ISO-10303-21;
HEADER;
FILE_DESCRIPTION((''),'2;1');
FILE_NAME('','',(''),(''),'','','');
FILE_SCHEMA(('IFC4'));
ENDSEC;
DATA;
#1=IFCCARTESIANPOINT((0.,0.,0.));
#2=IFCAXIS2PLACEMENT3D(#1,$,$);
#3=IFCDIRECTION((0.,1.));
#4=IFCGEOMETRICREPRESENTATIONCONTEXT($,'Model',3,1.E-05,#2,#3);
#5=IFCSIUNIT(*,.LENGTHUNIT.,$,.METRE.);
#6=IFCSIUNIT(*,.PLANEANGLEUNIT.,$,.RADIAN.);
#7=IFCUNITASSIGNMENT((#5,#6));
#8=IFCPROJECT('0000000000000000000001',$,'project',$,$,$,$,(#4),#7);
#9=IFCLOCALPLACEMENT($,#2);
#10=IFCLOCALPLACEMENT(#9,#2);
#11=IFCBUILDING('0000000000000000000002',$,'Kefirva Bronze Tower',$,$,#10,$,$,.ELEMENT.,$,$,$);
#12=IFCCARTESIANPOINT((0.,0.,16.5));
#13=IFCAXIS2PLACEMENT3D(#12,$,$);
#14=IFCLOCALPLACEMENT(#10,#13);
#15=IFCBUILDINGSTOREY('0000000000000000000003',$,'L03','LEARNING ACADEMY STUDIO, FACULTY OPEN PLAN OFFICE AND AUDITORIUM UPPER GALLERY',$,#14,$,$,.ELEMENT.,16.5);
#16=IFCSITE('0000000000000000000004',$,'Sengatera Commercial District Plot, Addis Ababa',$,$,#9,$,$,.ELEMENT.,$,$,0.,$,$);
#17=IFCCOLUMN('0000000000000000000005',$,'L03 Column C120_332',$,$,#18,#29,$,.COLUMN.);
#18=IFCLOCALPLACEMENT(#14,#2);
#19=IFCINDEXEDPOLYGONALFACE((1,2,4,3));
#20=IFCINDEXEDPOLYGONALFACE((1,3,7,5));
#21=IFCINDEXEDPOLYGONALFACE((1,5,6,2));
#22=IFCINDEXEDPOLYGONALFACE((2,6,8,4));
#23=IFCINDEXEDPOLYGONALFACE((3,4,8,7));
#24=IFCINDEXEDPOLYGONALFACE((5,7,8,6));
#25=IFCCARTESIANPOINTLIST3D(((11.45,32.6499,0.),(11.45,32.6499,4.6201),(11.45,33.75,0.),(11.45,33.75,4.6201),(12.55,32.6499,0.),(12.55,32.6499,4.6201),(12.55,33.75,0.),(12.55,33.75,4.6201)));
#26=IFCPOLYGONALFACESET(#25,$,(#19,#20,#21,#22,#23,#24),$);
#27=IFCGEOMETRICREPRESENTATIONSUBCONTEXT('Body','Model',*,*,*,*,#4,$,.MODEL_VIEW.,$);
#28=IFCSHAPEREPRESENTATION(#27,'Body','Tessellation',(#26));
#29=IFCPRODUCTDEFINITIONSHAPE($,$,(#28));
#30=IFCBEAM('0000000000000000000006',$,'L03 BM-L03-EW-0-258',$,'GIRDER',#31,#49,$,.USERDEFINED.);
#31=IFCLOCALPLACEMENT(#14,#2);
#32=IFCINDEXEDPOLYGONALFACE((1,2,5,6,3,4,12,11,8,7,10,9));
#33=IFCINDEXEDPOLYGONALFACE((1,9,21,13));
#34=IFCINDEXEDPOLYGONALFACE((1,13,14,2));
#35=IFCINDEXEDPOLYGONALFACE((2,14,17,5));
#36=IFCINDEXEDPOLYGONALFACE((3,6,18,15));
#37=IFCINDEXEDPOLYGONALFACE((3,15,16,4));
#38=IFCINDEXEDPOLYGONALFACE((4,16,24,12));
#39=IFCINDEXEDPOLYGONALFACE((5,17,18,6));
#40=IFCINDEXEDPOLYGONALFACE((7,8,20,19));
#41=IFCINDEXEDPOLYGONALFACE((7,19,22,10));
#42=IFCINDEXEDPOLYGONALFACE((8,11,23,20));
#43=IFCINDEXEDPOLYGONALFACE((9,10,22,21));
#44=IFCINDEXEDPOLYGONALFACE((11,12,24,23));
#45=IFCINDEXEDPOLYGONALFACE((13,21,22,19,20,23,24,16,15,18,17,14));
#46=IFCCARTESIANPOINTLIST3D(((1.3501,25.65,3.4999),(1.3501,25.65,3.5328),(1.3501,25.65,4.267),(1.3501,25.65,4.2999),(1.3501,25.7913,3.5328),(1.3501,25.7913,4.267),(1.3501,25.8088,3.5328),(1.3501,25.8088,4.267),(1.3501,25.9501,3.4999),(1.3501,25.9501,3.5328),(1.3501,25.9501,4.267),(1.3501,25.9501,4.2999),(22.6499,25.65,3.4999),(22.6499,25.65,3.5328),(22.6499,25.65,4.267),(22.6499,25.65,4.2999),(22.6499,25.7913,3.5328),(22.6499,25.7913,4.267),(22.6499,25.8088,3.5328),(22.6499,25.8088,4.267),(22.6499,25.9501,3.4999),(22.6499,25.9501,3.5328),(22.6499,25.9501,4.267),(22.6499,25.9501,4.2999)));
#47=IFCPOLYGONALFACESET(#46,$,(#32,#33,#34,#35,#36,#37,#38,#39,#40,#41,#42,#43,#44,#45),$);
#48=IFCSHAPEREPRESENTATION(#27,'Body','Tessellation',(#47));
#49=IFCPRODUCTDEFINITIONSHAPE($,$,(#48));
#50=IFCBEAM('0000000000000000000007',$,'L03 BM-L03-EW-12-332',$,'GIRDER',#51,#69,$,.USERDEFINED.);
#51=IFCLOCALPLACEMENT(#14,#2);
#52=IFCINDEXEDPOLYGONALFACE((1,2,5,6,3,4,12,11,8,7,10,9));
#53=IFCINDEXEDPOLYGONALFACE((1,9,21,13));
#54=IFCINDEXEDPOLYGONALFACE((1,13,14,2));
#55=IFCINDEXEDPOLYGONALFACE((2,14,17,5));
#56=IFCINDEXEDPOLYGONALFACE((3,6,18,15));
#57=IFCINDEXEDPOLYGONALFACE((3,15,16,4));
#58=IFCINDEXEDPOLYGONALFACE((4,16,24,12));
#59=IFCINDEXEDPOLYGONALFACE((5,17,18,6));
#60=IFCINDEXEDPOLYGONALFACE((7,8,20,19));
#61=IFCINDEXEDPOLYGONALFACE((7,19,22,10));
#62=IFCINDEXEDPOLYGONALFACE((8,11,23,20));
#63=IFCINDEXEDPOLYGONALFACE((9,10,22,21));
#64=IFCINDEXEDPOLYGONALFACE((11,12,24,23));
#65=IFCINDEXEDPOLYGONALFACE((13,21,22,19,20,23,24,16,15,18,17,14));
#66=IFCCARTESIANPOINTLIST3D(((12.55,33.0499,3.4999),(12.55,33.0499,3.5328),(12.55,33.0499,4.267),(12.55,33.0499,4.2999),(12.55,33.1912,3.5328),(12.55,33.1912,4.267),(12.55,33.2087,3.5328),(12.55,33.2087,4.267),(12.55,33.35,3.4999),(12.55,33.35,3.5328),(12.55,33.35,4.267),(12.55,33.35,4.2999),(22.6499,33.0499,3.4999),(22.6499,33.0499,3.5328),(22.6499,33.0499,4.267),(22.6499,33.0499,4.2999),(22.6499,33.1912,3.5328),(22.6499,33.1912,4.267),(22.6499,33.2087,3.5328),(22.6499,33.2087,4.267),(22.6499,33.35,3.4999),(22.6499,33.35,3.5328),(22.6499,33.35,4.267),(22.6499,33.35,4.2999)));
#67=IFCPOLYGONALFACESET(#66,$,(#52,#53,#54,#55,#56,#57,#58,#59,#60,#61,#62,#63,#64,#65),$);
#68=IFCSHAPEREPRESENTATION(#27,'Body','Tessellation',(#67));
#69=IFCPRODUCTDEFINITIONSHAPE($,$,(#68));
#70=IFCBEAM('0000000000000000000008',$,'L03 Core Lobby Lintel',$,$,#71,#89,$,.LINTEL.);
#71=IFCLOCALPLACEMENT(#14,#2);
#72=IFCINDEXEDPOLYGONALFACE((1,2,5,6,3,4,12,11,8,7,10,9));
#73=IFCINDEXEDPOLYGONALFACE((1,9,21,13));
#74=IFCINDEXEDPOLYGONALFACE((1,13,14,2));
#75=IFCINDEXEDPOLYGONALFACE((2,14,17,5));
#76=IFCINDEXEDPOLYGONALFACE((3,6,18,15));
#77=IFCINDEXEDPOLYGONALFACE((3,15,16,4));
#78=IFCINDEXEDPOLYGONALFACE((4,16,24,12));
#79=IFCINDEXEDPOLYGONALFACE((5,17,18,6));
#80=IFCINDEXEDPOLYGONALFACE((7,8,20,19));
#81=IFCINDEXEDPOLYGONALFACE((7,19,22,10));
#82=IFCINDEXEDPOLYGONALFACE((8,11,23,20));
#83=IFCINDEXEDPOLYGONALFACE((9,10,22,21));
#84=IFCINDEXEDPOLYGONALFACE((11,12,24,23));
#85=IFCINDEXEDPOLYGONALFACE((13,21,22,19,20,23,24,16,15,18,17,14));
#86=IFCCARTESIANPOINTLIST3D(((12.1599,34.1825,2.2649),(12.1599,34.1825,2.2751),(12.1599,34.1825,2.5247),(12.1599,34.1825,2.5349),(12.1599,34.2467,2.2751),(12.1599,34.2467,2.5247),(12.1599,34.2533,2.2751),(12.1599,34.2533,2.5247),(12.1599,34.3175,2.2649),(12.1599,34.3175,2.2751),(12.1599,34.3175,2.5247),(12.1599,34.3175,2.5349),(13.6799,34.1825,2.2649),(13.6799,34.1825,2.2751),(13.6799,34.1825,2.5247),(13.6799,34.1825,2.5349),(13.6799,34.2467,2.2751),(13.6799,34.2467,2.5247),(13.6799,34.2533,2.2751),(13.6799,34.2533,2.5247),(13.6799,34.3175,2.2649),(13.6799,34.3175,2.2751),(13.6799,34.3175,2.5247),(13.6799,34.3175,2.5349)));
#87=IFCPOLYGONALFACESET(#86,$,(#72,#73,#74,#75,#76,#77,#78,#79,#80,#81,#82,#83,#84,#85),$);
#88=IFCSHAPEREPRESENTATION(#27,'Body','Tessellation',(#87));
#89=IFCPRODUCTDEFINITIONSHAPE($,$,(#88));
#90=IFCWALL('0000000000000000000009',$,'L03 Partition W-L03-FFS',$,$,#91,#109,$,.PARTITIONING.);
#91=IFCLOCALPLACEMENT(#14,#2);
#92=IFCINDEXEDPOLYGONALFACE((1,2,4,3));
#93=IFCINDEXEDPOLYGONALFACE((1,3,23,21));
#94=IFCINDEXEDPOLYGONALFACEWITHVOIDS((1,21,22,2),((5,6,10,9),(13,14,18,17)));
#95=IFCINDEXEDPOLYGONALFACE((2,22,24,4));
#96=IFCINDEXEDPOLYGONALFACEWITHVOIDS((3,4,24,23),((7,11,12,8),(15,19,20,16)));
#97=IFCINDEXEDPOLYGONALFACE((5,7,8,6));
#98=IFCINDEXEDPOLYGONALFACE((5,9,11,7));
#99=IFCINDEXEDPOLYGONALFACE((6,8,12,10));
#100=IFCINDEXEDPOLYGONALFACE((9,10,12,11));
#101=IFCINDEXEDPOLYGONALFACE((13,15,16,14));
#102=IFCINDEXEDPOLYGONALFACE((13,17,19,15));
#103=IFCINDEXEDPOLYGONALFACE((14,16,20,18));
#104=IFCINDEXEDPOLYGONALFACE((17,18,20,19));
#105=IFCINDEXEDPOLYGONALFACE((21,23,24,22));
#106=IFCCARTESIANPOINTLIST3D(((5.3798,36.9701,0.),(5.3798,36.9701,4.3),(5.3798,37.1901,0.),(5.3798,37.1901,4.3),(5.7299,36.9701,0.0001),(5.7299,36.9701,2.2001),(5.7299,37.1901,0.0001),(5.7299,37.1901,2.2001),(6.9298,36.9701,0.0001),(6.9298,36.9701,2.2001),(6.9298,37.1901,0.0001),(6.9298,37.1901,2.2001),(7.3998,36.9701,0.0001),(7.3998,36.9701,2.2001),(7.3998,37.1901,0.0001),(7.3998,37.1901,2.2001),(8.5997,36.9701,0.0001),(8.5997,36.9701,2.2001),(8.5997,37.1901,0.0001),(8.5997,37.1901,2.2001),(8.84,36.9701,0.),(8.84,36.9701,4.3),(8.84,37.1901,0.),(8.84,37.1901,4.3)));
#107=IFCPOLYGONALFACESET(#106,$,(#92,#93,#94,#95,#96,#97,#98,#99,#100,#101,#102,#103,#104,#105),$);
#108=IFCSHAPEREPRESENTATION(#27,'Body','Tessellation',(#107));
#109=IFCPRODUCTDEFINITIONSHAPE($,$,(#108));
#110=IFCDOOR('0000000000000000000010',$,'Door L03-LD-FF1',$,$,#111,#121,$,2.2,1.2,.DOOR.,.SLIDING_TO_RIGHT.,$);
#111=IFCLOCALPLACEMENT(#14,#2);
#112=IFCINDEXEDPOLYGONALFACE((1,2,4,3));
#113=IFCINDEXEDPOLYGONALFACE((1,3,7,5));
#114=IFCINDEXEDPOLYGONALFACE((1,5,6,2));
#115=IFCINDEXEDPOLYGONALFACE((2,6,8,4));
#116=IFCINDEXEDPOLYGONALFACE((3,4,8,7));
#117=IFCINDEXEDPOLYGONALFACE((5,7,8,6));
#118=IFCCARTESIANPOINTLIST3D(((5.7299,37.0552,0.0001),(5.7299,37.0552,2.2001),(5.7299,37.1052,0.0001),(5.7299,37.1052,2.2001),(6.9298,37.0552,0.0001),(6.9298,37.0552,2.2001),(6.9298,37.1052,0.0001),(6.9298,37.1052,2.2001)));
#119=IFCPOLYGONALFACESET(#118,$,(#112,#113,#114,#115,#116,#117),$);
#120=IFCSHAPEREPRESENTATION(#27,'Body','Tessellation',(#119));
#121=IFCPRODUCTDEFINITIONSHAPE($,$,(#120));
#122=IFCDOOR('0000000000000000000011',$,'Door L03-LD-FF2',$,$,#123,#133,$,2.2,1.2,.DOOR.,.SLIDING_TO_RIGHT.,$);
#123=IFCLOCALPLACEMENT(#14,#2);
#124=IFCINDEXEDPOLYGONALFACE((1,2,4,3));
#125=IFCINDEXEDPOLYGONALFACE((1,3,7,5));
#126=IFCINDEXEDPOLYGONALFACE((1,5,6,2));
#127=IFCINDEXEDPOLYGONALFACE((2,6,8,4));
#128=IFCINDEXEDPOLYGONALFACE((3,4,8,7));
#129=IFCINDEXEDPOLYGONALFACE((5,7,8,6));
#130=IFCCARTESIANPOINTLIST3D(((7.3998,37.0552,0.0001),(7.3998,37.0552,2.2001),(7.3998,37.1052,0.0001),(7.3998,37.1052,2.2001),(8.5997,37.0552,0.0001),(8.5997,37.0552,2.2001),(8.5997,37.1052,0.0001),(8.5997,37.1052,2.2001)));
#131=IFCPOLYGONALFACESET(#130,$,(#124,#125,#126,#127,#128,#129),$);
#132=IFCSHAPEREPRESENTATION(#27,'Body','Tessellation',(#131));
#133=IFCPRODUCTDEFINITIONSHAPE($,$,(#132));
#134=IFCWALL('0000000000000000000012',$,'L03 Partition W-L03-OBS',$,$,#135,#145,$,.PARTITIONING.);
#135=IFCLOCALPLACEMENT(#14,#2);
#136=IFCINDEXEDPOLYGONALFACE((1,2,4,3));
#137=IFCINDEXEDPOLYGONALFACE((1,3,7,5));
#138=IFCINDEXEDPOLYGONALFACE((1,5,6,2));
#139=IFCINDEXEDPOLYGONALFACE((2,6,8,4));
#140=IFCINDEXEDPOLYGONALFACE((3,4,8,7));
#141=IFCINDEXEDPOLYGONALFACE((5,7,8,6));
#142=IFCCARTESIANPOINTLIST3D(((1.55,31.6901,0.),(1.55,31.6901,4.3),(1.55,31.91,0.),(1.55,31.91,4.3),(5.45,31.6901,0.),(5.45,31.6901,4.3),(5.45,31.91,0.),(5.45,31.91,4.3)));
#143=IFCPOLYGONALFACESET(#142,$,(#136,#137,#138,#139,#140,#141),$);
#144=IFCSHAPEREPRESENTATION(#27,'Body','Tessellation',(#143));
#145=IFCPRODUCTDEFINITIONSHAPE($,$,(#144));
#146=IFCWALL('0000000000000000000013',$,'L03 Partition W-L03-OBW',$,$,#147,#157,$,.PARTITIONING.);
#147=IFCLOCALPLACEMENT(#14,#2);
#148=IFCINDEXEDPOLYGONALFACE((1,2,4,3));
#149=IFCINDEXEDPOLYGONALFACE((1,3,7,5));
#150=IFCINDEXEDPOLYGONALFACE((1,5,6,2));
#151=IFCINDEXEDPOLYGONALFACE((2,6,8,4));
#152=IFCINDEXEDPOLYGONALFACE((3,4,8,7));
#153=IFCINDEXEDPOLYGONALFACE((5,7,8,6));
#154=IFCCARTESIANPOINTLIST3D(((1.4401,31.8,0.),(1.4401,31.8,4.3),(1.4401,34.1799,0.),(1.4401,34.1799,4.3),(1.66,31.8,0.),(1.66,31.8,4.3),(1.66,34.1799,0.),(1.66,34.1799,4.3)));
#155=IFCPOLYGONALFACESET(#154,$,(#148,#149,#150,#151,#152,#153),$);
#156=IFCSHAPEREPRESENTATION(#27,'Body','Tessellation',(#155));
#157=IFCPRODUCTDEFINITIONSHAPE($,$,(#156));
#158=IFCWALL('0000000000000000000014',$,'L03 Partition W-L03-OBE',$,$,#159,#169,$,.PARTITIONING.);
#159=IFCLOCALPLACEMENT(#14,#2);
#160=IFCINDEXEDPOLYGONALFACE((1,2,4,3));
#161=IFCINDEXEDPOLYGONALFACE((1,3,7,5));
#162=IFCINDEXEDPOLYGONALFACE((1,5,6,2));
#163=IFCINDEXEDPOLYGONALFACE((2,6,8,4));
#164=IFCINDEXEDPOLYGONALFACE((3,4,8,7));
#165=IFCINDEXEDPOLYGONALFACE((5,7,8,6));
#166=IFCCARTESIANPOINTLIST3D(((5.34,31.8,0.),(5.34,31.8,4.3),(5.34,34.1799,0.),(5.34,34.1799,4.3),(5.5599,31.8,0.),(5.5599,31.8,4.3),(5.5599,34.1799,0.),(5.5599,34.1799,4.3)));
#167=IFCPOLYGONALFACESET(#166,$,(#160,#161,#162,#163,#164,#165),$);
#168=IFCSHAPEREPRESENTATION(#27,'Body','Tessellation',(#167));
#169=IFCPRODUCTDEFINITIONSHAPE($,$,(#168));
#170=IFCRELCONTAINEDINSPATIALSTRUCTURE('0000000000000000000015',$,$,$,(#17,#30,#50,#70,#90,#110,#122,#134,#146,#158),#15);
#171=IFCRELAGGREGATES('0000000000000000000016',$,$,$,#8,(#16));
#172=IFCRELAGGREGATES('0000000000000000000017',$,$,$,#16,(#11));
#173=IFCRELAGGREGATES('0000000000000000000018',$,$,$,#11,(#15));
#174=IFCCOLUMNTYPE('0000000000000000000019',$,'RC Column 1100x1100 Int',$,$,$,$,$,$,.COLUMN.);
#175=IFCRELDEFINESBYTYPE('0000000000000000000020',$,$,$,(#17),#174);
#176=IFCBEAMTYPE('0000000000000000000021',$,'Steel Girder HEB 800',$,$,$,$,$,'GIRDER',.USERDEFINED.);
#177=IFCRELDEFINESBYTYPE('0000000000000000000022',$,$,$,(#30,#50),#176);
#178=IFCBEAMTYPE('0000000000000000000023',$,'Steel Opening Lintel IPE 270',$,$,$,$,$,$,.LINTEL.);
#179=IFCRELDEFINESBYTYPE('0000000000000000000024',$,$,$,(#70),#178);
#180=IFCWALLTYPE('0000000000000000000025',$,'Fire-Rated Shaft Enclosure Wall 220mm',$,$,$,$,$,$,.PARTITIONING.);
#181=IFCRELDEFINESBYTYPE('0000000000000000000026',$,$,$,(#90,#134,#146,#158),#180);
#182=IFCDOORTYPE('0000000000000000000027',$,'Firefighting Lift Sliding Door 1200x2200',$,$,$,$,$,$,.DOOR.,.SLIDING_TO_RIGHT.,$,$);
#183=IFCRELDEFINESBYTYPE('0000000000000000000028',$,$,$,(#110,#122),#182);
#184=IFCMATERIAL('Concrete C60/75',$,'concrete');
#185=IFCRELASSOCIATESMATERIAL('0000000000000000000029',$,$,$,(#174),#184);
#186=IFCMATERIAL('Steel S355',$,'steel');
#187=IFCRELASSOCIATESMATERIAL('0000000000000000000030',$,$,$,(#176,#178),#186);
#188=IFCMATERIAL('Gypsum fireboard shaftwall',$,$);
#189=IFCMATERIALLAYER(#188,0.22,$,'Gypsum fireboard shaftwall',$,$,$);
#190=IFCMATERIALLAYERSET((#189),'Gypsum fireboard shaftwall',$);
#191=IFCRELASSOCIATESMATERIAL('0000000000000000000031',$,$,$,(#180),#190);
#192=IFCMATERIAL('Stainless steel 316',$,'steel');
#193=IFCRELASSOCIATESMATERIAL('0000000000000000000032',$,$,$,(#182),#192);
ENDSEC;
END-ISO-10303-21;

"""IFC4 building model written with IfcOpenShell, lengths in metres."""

from ifc_helpers import new_model, si_unit, direction, frame, frame_2d, origin, origin_2d, place, context, subcontext, project, spatial, rectangle, i_section, extrude, material, layer, layer_set, material_profile, profile_set, type_object, element, fill, save


model = new_model("IFC4")

# Units and contexts
model_context = context("Model", 3, precision=1e-05, world=origin(), true_north=direction((0.0, 1.0)))
body_context = subcontext(model_context, "Body", "Model", "MODEL_VIEW")
ifc_project = project(units=[si_unit("LENGTHUNIT", "METRE"), si_unit("PLANEANGLEUNIT", "RADIAN")], contexts=[model_context])

# Site, building, storey
site_placement = place(None, origin())
site = spatial("IfcSite", under=ifc_project, at=site_placement, Name="Sengatera Commercial District Plot, Addis Ababa", CompositionType="ELEMENT", RefElevation=0.0)
building_placement = place(site_placement, origin())
building = spatial("IfcBuilding", under=site, at=building_placement, Name="Kefirva Bronze Tower", CompositionType="ELEMENT")
storey_placement = place(building_placement, frame((0.0, 0.0, 16.5)))
storey = spatial("IfcBuildingStorey", under=building, at=storey_placement, Name="L03", Description="LEARNING ACADEMY STUDIO, FACULTY OPEN PLAN OFFICE AND AUDITORIUM UPPER GALLERY", CompositionType="ELEMENT", Elevation=16.5)

# Column
ifc_material_1 = material(Name="Concrete C60/75", Category="concrete")
ifc_material_profile_1 = material_profile(ifc_material_1, rectangle(XDim=1.1001, YDim=1.1001, at=origin_2d()), Name="RC 1100x1100")
ifc_profile_set_1 = profile_set([ifc_material_profile_1], Name="Concrete C60/75")
column_type = type_object("IfcColumnType", Name="RC Column 1100x1100 Int", PredefinedType="COLUMN", material=ifc_profile_set_1)
column_placement = place(storey_placement, frame((12.0, 33.2, 0.0), z_axis=(0.0, 0.0, 1.0), x_axis=(1.0, 0.0, 0.0)))
element("IfcColumn", 1, at=column_placement, inside=storey, type_object=column_type, Name="L03 Column C120_332", PredefinedType="COLUMN", context=body_context, shape_type="SweptSolid", body=[
    extrude(rectangle(XDim=1.1001, YDim=1.1001, at=origin_2d()), origin(), (0.0, 0.0, 1.0), 4.6201),
])

# Beams
ifc_material_2 = material(Name="Steel S355", Category="steel")
ifc_material_profile_2 = material_profile(ifc_material_2, i_section(OverallWidth=0.3, OverallDepth=0.8, WebThickness=0.0176, FlangeThickness=0.033, at=origin_2d()), Name="HEB 800")
ifc_profile_set_2 = profile_set([ifc_material_profile_2], Name="Steel S355")
beam_type_1 = type_object("IfcBeamType", Name="Steel Girder HEB 800", ElementType="GIRDER", PredefinedType="USERDEFINED", material=ifc_profile_set_2)
beam_1_placement = place(storey_placement, frame((1.3501, 25.8, 3.8999), z_axis=(1.0, 0.0, 0.0), x_axis=(0.0, 1.0, 0.0)))
element("IfcBeam", 2, at=beam_1_placement, inside=storey, type_object=beam_type_1, Name="L03 BM-L03-EW-0-258", ObjectType="GIRDER", PredefinedType="USERDEFINED", context=body_context, shape_type="SweptSolid", body=[
    extrude(i_section(OverallWidth=0.3, OverallDepth=0.8, WebThickness=0.0176, FlangeThickness=0.033, at=origin_2d()), origin(), (0.0, 0.0, 1.0), 21.2998),
])
beam_2_placement = place(storey_placement, frame((12.55, 33.2, 3.8999), z_axis=(1.0, 0.0, 0.0), x_axis=(0.0, 1.0, 0.0)))
element("IfcBeam", 3, at=beam_2_placement, inside=storey, type_object=beam_type_1, Name="L03 BM-L03-EW-12-332", ObjectType="GIRDER", PredefinedType="USERDEFINED", context=body_context, shape_type="SweptSolid", body=[
    extrude(i_section(OverallWidth=0.3, OverallDepth=0.8, WebThickness=0.0176, FlangeThickness=0.033, at=origin_2d()), origin(), (0.0, 0.0, 1.0), 10.0999),
])
ifc_material_profile_3 = material_profile(ifc_material_2, i_section(OverallWidth=0.135, OverallDepth=0.27, WebThickness=0.0066, FlangeThickness=0.0103, at=origin_2d()), Name="IPE 270")
ifc_profile_set_3 = profile_set([ifc_material_profile_3], Name="Steel S355")
beam_type_2 = type_object("IfcBeamType", Name="Steel Opening Lintel IPE 270", PredefinedType="LINTEL", material=ifc_profile_set_3)
beam_3_placement = place(storey_placement, frame((12.1599, 34.25, 2.3999), z_axis=(1.0, 0.0, 0.0), x_axis=(0.0, 1.0, 0.0)))
element("IfcBeam", 4, at=beam_3_placement, inside=storey, type_object=beam_type_2, Name="L03 Core Lobby Lintel", PredefinedType="LINTEL", context=body_context, shape_type="SweptSolid", body=[
    extrude(i_section(OverallWidth=0.135, OverallDepth=0.27, WebThickness=0.0066, FlangeThickness=0.0103, at=origin_2d()), origin(), (0.0, 0.0, 1.0), 1.52),
])

# Wall, openings, doors
ifc_material_3 = material(Name="Gypsum fireboard shaftwall")
ifc_layer_1 = layer(ifc_material_3, 0.22, Name="Gypsum fireboard shaftwall")
ifc_layer_set_1 = layer_set([ifc_layer_1], Name="Gypsum fireboard shaftwall")
wall_type_1 = type_object("IfcWallType", Name="Fire-Rated Shaft Enclosure Wall 220mm", PredefinedType="PARTITIONING", material=ifc_layer_set_1)
wall_1_placement = place(storey_placement, frame((5.3799, 37.0801, 0.0), z_axis=(0.0, 0.0, 1.0), x_axis=(1.0, 0.0, 0.0)))
wall_1 = element("IfcWall", 5, at=wall_1_placement, inside=storey, type_object=wall_type_1, Name="L03 Partition W-L03-FFS", PredefinedType="PARTITIONING", context=body_context, shape_type="SweptSolid", body=[
    extrude(rectangle(XDim=3.4602, YDim=0.22, at=frame_2d((1.73, 0.0))), origin(), (0.0, 0.0, 1.0), 4.3),
])
opening_1_placement = place(wall_1_placement, frame((1.55, 0.0, 0.0), z_axis=(0.0, 0.0, 1.0), x_axis=(-1.0, 0.0, 0.0)))
opening_1 = element("IfcOpeningElement", 6, at=opening_1_placement, cuts=wall_1, PredefinedType="OPENING", context=body_context, shape_type="SweptSolid", body=[
    extrude(rectangle(XDim=1.2, YDim=2.2, at=frame_2d((0.6001, 1.1001))), frame((0.0, 0.1201, 0.0), z_axis=(0.0, -1.0, 0.0), x_axis=(1.0, 0.0, 0.0)), (0.0, 0.0, 1.0), 0.24),
])
opening_2_placement = place(wall_1_placement, frame((3.22, 0.0, 0.0), z_axis=(0.0, 0.0, 1.0), x_axis=(-1.0, 0.0, 0.0)))
opening_2 = element("IfcOpeningElement", 7, at=opening_2_placement, cuts=wall_1, PredefinedType="OPENING", context=body_context, shape_type="SweptSolid", body=[
    extrude(rectangle(XDim=1.2, YDim=2.2, at=frame_2d((0.6001, 1.1001))), frame((0.0, 0.1201, 0.0), z_axis=(0.0, -1.0, 0.0), x_axis=(1.0, 0.0, 0.0)), (0.0, 0.0, 1.0), 0.24),
])
ifc_material_4 = material(Name="Stainless steel 316", Category="steel")
door_type_1 = type_object("IfcDoorType", Name="Firefighting Lift Sliding Door 1200x2200", OperationType="SLIDING_TO_RIGHT", PredefinedType="DOOR", material=ifc_material_4)
door_1_placement = place(opening_1_placement, origin())
door_1 = element("IfcDoor", 8, at=door_1_placement, inside=storey, type_object=door_type_1, Name="Door L03-LD-FF1", OperationType="SLIDING_TO_RIGHT", OverallHeight=2.2, OverallWidth=1.2, PredefinedType="DOOR", context=body_context, shape_type="SweptSolid", body=[
    extrude(rectangle(XDim=1.2, YDim=2.2, at=frame_2d((0.6001, 1.1001))), frame((0.0, 0.0249, 0.0), z_axis=(0.0, -1.0, 0.0), x_axis=(1.0, 0.0, 0.0)), (0.0, 0.0, 1.0), 0.05),
])
fill(opening_1, door_1)
door_2_placement = place(opening_2_placement, origin())
door_2 = element("IfcDoor", 9, at=door_2_placement, inside=storey, type_object=door_type_1, Name="Door L03-LD-FF2", OperationType="SLIDING_TO_RIGHT", OverallHeight=2.2, OverallWidth=1.2, PredefinedType="DOOR", context=body_context, shape_type="SweptSolid", body=[
    extrude(rectangle(XDim=1.2, YDim=2.2, at=frame_2d((0.6001, 1.1001))), frame((0.0, 0.0249, 0.0), z_axis=(0.0, -1.0, 0.0), x_axis=(1.0, 0.0, 0.0)), (0.0, 0.0, 1.0), 0.05),
])
fill(opening_2, door_2)

# Walls
wall_2_placement = place(storey_placement, frame((1.55, 31.8, 0.0), z_axis=(0.0, 0.0, 1.0), x_axis=(1.0, 0.0, 0.0)))
element("IfcWall", 10, at=wall_2_placement, inside=storey, type_object=wall_type_1, Name="L03 Partition W-L03-OBS", PredefinedType="PARTITIONING", context=body_context, shape_type="SweptSolid", body=[
    extrude(rectangle(XDim=3.8999, YDim=0.22, at=frame_2d((1.95, 0.0))), origin(), (0.0, 0.0, 1.0), 4.3),
])
for number, where, z_axis, x_axis, name in (
    (11, (1.55, 31.8, 0.0), (0.0, 0.0, 1.0), (0.0, 1.0, 0.0), "L03 Partition W-L03-OBW"),
    (12, (5.45, 31.8, 0.0), (0.0, 0.0, 1.0), (0.0, 1.0, 0.0), "L03 Partition W-L03-OBE"),
):
    element("IfcWall", number, at=place(storey_placement, frame(where, z_axis=z_axis, x_axis=x_axis)), inside=storey, type_object=wall_type_1, Name=name, PredefinedType="PARTITIONING", context=body_context, shape_type="SweptSolid", body=[
        extrude(rectangle(XDim=2.3799, YDim=0.22, at=frame_2d((1.1899, 0.0))), origin(), (0.0, 0.0, 1.0), 4.3),
    ])

save(model, "model.ifc")
